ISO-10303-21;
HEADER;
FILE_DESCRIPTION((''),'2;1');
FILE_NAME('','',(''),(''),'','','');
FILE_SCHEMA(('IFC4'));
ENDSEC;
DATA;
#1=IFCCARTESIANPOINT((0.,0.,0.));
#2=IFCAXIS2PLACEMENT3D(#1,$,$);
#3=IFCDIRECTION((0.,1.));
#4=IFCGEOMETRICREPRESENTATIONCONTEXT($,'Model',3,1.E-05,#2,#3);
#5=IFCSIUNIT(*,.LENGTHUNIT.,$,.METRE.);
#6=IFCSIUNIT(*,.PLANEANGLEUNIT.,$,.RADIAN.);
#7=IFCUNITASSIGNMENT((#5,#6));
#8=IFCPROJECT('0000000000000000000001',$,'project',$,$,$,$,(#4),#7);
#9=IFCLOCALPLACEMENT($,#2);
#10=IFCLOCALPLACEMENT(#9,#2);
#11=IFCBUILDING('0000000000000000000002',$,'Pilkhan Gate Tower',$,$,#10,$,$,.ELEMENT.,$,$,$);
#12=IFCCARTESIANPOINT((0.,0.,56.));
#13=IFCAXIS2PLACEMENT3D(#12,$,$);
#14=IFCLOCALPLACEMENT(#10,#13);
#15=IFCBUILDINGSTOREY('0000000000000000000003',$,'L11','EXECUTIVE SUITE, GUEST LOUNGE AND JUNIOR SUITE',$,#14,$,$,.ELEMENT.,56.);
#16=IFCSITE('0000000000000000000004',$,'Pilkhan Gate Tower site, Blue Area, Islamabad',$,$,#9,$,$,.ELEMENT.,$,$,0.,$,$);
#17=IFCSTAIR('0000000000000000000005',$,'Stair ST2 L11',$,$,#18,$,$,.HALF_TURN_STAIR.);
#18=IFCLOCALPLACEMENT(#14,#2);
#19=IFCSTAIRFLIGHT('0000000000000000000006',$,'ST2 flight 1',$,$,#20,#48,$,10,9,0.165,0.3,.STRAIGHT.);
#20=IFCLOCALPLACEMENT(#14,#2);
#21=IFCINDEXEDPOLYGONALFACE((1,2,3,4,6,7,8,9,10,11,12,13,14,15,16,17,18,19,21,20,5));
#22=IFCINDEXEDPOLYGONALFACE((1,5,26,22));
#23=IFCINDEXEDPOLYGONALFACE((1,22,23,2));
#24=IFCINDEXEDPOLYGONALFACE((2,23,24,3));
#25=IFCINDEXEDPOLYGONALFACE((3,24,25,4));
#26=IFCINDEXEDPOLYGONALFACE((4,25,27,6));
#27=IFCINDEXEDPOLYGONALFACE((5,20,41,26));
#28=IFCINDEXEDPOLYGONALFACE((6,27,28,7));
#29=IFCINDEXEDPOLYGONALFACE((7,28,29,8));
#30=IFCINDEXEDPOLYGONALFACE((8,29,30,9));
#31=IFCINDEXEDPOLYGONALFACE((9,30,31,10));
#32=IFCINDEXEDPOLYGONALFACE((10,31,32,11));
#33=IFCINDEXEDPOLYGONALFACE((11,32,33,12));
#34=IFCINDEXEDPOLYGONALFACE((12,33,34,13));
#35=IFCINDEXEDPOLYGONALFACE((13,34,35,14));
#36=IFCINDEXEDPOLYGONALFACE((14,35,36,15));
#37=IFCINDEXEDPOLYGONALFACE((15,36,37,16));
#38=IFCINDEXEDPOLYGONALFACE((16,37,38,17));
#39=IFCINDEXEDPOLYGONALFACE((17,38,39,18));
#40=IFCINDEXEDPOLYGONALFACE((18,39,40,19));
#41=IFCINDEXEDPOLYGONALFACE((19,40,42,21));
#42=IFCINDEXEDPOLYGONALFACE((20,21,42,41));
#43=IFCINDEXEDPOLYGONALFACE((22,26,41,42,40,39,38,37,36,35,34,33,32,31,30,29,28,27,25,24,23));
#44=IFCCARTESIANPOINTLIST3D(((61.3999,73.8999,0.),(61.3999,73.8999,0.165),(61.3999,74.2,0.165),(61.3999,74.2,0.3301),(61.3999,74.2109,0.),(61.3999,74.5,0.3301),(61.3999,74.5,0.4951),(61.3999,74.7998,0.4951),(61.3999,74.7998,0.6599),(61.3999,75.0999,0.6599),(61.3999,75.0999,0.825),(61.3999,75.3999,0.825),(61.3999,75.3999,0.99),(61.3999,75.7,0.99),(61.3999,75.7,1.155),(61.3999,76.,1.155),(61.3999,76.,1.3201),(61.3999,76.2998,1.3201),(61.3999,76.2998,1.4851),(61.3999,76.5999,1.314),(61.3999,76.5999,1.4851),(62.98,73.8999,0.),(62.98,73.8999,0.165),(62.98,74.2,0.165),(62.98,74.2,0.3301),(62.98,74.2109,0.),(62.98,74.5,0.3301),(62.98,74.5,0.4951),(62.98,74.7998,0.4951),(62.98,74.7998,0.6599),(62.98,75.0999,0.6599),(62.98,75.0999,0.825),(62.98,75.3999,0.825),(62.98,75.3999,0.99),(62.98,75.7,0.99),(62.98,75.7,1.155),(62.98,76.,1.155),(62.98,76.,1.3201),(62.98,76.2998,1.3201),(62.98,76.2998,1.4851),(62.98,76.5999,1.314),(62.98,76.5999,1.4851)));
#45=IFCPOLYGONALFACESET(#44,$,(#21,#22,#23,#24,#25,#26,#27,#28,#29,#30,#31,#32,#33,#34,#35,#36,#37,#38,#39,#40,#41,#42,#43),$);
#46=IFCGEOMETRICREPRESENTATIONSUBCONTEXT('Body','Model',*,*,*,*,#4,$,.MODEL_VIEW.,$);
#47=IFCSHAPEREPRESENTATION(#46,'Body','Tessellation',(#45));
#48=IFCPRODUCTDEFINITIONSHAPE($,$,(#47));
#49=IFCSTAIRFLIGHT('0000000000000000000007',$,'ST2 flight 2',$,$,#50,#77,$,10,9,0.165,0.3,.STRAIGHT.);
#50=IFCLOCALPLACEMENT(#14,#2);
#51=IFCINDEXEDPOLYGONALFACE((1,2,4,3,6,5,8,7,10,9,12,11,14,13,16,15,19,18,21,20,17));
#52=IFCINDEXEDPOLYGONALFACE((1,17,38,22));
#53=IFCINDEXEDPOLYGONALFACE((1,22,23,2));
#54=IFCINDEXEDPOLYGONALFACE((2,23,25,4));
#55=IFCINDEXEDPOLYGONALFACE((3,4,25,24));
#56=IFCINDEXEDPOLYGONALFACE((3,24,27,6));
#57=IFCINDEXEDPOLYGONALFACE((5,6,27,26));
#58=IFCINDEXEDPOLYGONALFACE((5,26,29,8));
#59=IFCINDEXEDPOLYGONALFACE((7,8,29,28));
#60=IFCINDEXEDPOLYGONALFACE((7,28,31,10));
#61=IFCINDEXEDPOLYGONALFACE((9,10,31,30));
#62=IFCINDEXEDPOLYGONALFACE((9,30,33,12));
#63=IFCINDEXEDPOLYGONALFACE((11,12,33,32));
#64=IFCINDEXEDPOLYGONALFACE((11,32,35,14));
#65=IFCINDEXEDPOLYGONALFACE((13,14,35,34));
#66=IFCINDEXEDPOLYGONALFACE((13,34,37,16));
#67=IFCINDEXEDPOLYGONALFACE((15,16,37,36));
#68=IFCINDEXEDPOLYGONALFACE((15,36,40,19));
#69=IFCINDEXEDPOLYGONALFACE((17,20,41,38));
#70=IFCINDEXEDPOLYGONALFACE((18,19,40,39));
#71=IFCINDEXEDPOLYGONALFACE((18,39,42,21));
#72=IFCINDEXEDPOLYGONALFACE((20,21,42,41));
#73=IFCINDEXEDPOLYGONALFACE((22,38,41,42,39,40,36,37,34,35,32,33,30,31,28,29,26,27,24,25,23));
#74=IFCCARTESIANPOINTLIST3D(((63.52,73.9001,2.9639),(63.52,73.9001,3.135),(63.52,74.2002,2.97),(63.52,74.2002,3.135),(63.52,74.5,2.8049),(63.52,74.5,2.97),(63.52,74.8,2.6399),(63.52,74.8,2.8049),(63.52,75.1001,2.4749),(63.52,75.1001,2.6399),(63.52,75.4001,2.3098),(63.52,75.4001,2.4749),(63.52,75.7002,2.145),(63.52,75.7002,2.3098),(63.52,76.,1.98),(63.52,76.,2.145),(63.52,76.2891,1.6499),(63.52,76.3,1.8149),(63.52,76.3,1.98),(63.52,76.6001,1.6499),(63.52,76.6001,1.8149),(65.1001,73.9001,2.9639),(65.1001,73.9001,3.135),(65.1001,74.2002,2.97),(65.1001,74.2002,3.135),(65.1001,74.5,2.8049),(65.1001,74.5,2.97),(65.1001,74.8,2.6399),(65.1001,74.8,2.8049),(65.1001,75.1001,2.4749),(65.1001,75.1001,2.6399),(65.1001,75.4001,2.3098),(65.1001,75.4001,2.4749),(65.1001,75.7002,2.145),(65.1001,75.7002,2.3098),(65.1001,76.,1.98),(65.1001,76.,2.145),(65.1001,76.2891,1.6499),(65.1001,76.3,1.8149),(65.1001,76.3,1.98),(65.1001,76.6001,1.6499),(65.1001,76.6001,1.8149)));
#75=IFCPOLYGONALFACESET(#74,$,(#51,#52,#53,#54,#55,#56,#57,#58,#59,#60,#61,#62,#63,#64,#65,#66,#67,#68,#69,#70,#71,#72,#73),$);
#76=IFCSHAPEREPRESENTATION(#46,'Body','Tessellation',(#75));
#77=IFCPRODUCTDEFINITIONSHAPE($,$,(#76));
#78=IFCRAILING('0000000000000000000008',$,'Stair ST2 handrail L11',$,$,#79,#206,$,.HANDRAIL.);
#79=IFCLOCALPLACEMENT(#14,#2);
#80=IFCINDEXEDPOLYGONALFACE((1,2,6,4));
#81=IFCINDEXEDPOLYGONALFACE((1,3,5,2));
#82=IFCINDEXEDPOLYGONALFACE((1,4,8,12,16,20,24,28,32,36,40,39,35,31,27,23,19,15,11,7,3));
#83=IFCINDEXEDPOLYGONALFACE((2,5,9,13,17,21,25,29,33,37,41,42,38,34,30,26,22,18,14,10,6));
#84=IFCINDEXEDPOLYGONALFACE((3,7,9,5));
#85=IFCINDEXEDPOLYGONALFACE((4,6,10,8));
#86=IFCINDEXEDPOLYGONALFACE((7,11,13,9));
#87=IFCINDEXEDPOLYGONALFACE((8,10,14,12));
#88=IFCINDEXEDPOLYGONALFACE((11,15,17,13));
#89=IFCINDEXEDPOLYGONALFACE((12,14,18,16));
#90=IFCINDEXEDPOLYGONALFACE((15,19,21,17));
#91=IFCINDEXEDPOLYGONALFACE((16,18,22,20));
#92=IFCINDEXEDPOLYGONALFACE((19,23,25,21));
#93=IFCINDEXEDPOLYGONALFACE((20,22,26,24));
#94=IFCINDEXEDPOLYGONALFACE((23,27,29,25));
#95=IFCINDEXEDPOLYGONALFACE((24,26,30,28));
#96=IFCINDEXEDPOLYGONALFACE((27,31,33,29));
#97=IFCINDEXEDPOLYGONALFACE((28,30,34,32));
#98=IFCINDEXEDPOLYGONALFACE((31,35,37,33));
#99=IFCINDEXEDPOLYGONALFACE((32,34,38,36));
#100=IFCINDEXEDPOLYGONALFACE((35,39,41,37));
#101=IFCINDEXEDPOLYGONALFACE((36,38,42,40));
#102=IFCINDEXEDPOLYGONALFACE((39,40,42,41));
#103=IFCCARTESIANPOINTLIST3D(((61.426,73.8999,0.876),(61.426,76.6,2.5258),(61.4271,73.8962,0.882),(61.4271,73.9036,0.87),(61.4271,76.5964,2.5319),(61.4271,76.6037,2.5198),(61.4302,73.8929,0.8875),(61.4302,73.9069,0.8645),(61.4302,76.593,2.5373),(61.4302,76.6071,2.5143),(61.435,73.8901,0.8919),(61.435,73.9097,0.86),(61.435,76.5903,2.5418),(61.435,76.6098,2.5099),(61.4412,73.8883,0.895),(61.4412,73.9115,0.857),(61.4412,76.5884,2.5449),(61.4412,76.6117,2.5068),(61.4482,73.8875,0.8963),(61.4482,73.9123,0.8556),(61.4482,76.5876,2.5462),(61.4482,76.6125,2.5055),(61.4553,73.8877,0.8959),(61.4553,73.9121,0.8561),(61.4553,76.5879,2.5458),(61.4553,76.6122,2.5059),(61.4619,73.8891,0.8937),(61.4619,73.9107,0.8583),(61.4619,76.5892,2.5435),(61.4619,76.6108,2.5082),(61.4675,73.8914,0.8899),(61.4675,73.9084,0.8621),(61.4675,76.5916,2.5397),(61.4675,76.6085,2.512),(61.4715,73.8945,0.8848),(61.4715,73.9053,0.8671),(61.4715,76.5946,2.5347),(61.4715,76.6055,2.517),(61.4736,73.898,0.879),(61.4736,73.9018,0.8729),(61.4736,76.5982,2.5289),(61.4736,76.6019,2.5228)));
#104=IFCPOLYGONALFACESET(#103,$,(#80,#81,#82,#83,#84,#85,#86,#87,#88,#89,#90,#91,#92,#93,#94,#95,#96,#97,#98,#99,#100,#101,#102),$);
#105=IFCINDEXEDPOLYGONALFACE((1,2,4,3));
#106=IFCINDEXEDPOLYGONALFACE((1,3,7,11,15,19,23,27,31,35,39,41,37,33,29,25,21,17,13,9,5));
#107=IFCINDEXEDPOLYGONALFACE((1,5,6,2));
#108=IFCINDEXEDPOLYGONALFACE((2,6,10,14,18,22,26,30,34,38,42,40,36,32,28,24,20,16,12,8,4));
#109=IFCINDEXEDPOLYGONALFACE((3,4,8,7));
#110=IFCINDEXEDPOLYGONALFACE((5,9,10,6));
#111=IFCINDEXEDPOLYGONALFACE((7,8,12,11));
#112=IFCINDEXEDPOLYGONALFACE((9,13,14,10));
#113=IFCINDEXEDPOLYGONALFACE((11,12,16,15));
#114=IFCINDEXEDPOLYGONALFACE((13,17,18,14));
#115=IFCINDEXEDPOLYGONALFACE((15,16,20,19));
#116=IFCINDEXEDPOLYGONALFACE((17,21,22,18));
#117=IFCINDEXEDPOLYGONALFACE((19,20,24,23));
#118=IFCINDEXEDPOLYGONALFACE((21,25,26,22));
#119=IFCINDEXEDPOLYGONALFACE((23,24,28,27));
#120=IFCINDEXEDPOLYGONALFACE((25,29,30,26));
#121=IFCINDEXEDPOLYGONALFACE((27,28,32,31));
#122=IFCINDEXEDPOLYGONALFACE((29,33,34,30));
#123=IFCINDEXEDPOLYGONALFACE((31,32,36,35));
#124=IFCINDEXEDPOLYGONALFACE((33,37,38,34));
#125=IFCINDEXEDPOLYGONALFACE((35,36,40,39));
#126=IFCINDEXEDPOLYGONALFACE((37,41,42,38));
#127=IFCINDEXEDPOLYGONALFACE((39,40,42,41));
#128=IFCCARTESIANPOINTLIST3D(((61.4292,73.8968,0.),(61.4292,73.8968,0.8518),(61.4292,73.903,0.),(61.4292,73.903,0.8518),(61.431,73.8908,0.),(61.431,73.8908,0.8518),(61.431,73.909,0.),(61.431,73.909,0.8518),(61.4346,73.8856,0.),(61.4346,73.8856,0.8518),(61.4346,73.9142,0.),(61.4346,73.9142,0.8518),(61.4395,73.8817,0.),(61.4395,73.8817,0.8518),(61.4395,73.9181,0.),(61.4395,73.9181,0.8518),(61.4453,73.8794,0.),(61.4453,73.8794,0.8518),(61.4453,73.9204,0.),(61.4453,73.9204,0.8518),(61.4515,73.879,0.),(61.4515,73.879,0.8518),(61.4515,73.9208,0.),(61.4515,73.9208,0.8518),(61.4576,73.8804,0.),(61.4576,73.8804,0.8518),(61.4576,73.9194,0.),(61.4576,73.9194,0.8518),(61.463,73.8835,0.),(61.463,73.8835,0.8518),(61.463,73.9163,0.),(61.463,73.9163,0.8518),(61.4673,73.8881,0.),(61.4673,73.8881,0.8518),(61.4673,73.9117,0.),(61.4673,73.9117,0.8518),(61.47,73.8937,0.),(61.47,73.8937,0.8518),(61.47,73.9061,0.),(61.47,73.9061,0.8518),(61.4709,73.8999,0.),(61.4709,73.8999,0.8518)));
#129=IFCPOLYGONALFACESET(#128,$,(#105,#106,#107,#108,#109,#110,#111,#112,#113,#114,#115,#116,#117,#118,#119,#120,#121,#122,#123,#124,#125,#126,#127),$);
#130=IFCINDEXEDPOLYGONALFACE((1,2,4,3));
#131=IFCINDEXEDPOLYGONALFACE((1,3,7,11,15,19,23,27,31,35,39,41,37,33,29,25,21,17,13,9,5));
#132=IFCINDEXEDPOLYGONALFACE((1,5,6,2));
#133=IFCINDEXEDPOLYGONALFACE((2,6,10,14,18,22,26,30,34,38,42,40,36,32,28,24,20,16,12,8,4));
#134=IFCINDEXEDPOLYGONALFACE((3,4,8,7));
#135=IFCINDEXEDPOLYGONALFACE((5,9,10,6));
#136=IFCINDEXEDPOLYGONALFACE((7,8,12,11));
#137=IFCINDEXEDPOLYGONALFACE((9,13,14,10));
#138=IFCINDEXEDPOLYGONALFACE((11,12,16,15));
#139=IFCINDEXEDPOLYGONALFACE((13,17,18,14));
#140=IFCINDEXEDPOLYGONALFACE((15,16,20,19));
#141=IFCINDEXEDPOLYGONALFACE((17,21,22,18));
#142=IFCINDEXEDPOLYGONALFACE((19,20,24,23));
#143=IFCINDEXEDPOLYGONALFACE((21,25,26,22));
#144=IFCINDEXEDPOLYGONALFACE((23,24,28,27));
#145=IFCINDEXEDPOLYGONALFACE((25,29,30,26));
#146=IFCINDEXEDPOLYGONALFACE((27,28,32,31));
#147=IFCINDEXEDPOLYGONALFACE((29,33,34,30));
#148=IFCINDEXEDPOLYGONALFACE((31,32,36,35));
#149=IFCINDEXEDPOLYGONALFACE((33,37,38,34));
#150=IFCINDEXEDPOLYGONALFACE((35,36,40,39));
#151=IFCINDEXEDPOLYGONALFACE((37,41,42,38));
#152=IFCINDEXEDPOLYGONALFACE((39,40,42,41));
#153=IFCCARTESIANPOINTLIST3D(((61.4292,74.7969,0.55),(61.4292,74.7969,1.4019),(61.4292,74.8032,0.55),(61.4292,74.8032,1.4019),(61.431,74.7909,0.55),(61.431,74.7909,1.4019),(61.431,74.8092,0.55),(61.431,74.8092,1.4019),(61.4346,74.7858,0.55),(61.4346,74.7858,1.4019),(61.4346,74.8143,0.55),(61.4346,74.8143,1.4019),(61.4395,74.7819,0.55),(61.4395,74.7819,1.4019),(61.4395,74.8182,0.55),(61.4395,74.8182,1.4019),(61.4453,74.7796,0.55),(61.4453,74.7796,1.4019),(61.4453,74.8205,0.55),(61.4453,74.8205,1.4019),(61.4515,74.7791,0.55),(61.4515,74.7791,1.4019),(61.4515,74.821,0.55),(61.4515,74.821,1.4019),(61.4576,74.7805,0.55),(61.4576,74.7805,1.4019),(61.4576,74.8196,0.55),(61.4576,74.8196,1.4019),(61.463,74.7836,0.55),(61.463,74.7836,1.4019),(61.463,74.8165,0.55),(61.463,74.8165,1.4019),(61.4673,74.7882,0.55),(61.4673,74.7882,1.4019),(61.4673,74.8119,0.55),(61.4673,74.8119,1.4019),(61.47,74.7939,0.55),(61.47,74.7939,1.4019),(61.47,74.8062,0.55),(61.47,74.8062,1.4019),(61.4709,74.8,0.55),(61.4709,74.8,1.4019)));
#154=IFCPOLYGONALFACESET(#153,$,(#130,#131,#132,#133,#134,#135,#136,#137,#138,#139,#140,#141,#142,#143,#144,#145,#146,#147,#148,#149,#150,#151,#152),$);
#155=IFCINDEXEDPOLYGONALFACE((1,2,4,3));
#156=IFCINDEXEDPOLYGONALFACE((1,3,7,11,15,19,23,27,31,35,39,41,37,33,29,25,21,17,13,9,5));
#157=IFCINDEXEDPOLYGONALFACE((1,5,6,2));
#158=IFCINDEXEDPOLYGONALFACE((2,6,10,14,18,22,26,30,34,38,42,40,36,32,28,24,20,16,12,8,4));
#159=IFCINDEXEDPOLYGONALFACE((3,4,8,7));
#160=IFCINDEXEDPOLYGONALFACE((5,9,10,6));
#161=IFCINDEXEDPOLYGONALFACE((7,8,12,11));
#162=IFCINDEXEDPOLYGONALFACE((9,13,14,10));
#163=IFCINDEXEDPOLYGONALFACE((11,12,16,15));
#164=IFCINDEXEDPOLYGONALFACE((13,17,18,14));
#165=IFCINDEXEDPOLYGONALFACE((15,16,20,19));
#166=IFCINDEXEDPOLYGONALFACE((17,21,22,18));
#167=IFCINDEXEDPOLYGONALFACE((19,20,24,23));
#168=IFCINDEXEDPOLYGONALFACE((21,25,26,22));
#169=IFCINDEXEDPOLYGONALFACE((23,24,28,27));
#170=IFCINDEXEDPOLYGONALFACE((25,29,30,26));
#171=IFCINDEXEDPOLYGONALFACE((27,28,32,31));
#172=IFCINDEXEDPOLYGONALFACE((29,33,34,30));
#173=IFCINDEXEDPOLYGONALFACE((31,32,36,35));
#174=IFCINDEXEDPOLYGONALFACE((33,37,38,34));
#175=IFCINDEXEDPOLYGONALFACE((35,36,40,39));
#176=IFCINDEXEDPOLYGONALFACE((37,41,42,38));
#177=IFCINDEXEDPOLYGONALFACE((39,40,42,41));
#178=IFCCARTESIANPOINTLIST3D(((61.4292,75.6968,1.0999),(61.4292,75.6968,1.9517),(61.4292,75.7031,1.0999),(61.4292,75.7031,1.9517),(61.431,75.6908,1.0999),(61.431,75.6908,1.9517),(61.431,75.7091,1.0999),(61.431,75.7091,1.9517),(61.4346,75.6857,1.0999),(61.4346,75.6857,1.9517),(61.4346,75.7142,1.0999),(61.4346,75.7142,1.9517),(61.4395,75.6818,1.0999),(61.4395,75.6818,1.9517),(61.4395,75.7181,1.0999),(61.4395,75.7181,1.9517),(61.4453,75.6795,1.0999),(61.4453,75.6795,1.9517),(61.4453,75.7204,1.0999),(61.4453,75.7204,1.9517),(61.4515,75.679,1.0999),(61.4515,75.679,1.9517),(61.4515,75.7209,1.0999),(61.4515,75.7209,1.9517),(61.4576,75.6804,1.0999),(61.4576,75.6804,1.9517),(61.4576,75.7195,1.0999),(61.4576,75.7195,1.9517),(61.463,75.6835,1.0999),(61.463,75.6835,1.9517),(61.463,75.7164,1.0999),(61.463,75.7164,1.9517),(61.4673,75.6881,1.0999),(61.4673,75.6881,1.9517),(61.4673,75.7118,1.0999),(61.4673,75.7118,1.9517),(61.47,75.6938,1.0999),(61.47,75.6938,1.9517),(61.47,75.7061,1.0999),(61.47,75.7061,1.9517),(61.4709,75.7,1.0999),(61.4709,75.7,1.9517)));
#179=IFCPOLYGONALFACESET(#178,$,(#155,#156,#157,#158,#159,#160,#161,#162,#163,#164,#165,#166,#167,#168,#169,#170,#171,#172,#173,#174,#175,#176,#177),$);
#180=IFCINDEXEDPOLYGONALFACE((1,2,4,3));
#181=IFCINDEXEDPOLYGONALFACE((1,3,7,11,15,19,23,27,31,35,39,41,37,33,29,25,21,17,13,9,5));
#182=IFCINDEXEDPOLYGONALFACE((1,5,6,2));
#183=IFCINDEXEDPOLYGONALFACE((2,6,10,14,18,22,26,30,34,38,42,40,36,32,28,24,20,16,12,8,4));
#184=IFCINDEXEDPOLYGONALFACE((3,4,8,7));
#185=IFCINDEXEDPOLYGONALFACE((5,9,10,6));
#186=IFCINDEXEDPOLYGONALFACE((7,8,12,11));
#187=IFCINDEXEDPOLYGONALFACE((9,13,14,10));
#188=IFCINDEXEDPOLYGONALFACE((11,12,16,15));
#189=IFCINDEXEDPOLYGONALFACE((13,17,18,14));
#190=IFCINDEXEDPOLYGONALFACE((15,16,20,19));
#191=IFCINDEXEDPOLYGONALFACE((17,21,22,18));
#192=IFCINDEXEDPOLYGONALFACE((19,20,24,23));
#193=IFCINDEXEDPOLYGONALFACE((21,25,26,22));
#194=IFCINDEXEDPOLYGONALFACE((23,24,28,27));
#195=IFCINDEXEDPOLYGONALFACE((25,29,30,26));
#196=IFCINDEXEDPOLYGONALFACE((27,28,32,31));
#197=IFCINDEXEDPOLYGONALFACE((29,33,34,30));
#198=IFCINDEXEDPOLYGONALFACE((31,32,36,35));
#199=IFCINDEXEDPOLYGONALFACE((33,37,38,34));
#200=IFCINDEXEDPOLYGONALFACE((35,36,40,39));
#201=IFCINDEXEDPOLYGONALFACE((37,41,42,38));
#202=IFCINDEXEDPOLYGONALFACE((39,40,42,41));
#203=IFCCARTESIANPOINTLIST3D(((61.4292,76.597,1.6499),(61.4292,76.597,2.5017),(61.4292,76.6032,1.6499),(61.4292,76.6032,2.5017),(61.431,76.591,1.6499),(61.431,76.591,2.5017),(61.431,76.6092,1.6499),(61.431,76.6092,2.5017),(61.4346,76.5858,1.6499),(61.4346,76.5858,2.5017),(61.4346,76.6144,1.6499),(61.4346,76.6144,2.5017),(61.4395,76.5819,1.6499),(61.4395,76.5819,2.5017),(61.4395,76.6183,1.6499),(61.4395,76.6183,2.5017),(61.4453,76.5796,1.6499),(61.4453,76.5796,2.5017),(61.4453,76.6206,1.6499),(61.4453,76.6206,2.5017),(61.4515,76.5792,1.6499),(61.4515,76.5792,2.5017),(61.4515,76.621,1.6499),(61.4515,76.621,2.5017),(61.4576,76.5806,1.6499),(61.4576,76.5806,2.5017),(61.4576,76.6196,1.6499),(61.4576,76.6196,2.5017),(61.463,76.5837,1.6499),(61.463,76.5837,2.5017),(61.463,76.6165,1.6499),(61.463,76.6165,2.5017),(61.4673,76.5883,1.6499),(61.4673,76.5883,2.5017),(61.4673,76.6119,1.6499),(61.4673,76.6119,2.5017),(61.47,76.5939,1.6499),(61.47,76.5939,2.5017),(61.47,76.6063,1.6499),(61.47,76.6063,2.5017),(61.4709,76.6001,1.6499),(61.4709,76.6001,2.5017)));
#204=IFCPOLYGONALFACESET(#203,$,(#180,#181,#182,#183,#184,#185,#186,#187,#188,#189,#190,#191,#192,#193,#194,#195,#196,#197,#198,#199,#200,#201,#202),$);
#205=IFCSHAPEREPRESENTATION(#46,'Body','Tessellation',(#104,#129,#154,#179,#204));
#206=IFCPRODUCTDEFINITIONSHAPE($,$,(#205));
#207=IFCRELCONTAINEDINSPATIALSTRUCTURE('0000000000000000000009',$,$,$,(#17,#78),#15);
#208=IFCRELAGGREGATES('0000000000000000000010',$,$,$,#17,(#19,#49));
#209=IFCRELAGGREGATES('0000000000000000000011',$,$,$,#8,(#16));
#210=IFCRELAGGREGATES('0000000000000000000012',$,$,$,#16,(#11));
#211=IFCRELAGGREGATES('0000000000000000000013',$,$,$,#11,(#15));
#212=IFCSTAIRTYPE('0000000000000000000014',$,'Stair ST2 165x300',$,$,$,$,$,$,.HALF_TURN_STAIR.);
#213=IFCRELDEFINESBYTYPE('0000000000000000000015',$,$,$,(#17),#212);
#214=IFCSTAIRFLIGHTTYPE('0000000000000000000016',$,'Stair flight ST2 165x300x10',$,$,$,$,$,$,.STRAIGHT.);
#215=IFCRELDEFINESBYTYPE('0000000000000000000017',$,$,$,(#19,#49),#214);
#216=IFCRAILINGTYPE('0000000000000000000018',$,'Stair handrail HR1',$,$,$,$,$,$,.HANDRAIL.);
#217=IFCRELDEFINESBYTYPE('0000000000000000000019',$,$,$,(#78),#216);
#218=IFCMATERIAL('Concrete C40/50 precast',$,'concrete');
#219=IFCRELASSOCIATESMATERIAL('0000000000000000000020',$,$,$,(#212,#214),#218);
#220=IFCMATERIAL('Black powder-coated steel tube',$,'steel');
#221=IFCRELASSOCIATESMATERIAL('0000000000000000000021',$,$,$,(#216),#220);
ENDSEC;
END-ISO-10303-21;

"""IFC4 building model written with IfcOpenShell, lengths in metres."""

from ifc_helpers import new_model, si_unit, direction, frame, origin, origin_2d, place, context, subcontext, project, spatial, polyline, circle, outline, extrude, material, type_object, element, aggregate, save


model = new_model("IFC4")

# Units and contexts
model_context = context("Model", 3, precision=1e-05, world=origin(), true_north=direction((0.0, 1.0)))
body_context = subcontext(model_context, "Body", "Model", "MODEL_VIEW")
ifc_project = project(units=[si_unit("LENGTHUNIT", "METRE"), si_unit("PLANEANGLEUNIT", "RADIAN")], contexts=[model_context])

# Site, building, storey
site_placement = place(None, origin())
site = spatial("IfcSite", under=ifc_project, at=site_placement, Name="Pilkhan Gate Tower site, Blue Area, Islamabad", CompositionType="ELEMENT", RefElevation=0.0)
building_placement = place(site_placement, origin())
building = spatial("IfcBuilding", under=site, at=building_placement, Name="Pilkhan Gate Tower", CompositionType="ELEMENT")
storey_placement = place(building_placement, frame((0.0, 0.0, 56.0)))
storey = spatial("IfcBuildingStorey", under=building, at=storey_placement, Name="L11", Description="EXECUTIVE SUITE, GUEST LOUNGE AND JUNIOR SUITE", CompositionType="ELEMENT", Elevation=56.0)

# Stair, stair flights
ifc_material_1 = material(Name="Concrete C40/50 precast", Category="concrete")
stair_type = type_object("IfcStairType", Name="Stair ST2 165x300", PredefinedType="HALF_TURN_STAIR", material=ifc_material_1)
stair_placement = place(storey_placement, origin())
stair = element("IfcStair", 1, at=stair_placement, inside=storey, type_object=stair_type, Name="Stair ST2 L11", PredefinedType="HALF_TURN_STAIR")
stair_flight_type = type_object("IfcStairFlightType", Name="Stair flight ST2 165x300x10", PredefinedType="STRAIGHT", material=ifc_material_1)
stair_flight_1_placement = place(storey_placement, frame((62.1899, 73.8999, 0.0), z_axis=(0.0, 0.0, 1.0), x_axis=(0.0, 1.0, 0.0)))
stair_flight_1 = element("IfcStairFlight", 2, at=stair_flight_1_placement, type_object=stair_flight_type, Name="ST2 flight 1", NumberOfRisers=10, NumberOfTreads=9, PredefinedType="STRAIGHT", RiserHeight=0.165, TreadLength=0.3, context=body_context, shape_type="SweptSolid", body=[
    extrude(outline(polyline([(0.0, 0.0), (0.0, 0.165), (0.3, 0.165), (0.3, 0.3301), (0.6001, 0.3301), (0.6001, 0.4951), (0.8999, 0.4951), (0.8999, 0.6599), (1.2, 0.6599), (1.2, 0.825), (1.5, 0.825), (1.5, 0.99), (1.8, 0.99), (1.8, 1.155), (2.1001, 1.155), (2.1001, 1.3201), (2.3999, 1.3201), (2.3999, 1.4851), (2.7, 1.4851), (2.7, 1.6499), (2.7, 1.314), (0.311, 0.0), (0.0, 0.0)])), frame((0.0, 0.79, 0.0), z_axis=(0.0, -1.0, 0.0), x_axis=(1.0, 0.0, 0.0)), (0.0, 0.0, 1.0), 1.5801),
])
stair_flight_2_placement = place(storey_placement, frame((64.3101, 76.6001, 1.6499), z_axis=(0.0, 0.0, 1.0), x_axis=(0.0, -1.0, 0.0)))
stair_flight_2 = element("IfcStairFlight", 3, at=stair_flight_2_placement, type_object=stair_flight_type, Name="ST2 flight 2", NumberOfRisers=10, NumberOfTreads=9, PredefinedType="STRAIGHT", RiserHeight=0.165, TreadLength=0.3, context=body_context, shape_type="SweptSolid", body=[
    extrude(outline(polyline([(0.0, 0.0), (0.0, 0.165), (0.3, 0.165), (0.3, 0.3301), (0.6001, 0.3301), (0.6001, 0.4951), (0.8999, 0.4951), (0.8999, 0.6599), (1.2, 0.6599), (1.2, 0.825), (1.5, 0.825), (1.5, 0.99), (1.8, 0.99), (1.8, 1.155), (2.1001, 1.155), (2.1001, 1.3201), (2.3999, 1.3201), (2.3999, 1.4851), (2.7, 1.4851), (2.7, 1.6499), (2.7, 1.314), (0.311, 0.0), (0.0, 0.0)])), frame((0.0, 0.79, 0.0), z_axis=(0.0, -1.0, 0.0), x_axis=(1.0, 0.0, 0.0)), (0.0, 0.0, 1.0), 1.5801),
])
aggregate(stair, [stair_flight_1, stair_flight_2])

# Railing
ifc_material_2 = material(Name="Black powder-coated steel tube", Category="steel")
railing_type_1 = type_object("IfcRailingType", Name="Stair handrail HR1", PredefinedType="HANDRAIL", material=ifc_material_2)
railing_1_placement = place(storey_placement, frame((61.45, 73.8999, 0.0)))
element("IfcRailing", 4, at=railing_1_placement, inside=storey, type_object=railing_type_1, Name="Stair ST2 handrail L11", PredefinedType="HANDRAIL", context=body_context, shape_type="SweptSolid", body=[
    extrude(circle(Radius=0.0239, at=origin_2d()), frame((0.0, 0.0, 0.876), z_axis=(0.0, 0.853312, 0.5214), x_axis=(-1.0, 0.0, 0.0)), (0.0, 0.0, 1.0), 3.1643),
    extrude(circle(Radius=0.021, at=origin_2d()), origin(), (0.0, 0.0, 1.0), 0.8518),
    extrude(circle(Radius=0.021, at=origin_2d()), frame((0.0, 0.9001, 0.55)), (0.0, 0.0, 1.0), 0.8518),
    extrude(circle(Radius=0.021, at=origin_2d()), frame((0.0, 1.8, 1.0999)), (0.0, 0.0, 1.0), 0.8518),
    extrude(circle(Radius=0.021, at=origin_2d()), frame((0.0, 2.7002, 1.6499)), (0.0, 0.0, 1.0), 0.8518),
])

save(model, "model.ifc")
